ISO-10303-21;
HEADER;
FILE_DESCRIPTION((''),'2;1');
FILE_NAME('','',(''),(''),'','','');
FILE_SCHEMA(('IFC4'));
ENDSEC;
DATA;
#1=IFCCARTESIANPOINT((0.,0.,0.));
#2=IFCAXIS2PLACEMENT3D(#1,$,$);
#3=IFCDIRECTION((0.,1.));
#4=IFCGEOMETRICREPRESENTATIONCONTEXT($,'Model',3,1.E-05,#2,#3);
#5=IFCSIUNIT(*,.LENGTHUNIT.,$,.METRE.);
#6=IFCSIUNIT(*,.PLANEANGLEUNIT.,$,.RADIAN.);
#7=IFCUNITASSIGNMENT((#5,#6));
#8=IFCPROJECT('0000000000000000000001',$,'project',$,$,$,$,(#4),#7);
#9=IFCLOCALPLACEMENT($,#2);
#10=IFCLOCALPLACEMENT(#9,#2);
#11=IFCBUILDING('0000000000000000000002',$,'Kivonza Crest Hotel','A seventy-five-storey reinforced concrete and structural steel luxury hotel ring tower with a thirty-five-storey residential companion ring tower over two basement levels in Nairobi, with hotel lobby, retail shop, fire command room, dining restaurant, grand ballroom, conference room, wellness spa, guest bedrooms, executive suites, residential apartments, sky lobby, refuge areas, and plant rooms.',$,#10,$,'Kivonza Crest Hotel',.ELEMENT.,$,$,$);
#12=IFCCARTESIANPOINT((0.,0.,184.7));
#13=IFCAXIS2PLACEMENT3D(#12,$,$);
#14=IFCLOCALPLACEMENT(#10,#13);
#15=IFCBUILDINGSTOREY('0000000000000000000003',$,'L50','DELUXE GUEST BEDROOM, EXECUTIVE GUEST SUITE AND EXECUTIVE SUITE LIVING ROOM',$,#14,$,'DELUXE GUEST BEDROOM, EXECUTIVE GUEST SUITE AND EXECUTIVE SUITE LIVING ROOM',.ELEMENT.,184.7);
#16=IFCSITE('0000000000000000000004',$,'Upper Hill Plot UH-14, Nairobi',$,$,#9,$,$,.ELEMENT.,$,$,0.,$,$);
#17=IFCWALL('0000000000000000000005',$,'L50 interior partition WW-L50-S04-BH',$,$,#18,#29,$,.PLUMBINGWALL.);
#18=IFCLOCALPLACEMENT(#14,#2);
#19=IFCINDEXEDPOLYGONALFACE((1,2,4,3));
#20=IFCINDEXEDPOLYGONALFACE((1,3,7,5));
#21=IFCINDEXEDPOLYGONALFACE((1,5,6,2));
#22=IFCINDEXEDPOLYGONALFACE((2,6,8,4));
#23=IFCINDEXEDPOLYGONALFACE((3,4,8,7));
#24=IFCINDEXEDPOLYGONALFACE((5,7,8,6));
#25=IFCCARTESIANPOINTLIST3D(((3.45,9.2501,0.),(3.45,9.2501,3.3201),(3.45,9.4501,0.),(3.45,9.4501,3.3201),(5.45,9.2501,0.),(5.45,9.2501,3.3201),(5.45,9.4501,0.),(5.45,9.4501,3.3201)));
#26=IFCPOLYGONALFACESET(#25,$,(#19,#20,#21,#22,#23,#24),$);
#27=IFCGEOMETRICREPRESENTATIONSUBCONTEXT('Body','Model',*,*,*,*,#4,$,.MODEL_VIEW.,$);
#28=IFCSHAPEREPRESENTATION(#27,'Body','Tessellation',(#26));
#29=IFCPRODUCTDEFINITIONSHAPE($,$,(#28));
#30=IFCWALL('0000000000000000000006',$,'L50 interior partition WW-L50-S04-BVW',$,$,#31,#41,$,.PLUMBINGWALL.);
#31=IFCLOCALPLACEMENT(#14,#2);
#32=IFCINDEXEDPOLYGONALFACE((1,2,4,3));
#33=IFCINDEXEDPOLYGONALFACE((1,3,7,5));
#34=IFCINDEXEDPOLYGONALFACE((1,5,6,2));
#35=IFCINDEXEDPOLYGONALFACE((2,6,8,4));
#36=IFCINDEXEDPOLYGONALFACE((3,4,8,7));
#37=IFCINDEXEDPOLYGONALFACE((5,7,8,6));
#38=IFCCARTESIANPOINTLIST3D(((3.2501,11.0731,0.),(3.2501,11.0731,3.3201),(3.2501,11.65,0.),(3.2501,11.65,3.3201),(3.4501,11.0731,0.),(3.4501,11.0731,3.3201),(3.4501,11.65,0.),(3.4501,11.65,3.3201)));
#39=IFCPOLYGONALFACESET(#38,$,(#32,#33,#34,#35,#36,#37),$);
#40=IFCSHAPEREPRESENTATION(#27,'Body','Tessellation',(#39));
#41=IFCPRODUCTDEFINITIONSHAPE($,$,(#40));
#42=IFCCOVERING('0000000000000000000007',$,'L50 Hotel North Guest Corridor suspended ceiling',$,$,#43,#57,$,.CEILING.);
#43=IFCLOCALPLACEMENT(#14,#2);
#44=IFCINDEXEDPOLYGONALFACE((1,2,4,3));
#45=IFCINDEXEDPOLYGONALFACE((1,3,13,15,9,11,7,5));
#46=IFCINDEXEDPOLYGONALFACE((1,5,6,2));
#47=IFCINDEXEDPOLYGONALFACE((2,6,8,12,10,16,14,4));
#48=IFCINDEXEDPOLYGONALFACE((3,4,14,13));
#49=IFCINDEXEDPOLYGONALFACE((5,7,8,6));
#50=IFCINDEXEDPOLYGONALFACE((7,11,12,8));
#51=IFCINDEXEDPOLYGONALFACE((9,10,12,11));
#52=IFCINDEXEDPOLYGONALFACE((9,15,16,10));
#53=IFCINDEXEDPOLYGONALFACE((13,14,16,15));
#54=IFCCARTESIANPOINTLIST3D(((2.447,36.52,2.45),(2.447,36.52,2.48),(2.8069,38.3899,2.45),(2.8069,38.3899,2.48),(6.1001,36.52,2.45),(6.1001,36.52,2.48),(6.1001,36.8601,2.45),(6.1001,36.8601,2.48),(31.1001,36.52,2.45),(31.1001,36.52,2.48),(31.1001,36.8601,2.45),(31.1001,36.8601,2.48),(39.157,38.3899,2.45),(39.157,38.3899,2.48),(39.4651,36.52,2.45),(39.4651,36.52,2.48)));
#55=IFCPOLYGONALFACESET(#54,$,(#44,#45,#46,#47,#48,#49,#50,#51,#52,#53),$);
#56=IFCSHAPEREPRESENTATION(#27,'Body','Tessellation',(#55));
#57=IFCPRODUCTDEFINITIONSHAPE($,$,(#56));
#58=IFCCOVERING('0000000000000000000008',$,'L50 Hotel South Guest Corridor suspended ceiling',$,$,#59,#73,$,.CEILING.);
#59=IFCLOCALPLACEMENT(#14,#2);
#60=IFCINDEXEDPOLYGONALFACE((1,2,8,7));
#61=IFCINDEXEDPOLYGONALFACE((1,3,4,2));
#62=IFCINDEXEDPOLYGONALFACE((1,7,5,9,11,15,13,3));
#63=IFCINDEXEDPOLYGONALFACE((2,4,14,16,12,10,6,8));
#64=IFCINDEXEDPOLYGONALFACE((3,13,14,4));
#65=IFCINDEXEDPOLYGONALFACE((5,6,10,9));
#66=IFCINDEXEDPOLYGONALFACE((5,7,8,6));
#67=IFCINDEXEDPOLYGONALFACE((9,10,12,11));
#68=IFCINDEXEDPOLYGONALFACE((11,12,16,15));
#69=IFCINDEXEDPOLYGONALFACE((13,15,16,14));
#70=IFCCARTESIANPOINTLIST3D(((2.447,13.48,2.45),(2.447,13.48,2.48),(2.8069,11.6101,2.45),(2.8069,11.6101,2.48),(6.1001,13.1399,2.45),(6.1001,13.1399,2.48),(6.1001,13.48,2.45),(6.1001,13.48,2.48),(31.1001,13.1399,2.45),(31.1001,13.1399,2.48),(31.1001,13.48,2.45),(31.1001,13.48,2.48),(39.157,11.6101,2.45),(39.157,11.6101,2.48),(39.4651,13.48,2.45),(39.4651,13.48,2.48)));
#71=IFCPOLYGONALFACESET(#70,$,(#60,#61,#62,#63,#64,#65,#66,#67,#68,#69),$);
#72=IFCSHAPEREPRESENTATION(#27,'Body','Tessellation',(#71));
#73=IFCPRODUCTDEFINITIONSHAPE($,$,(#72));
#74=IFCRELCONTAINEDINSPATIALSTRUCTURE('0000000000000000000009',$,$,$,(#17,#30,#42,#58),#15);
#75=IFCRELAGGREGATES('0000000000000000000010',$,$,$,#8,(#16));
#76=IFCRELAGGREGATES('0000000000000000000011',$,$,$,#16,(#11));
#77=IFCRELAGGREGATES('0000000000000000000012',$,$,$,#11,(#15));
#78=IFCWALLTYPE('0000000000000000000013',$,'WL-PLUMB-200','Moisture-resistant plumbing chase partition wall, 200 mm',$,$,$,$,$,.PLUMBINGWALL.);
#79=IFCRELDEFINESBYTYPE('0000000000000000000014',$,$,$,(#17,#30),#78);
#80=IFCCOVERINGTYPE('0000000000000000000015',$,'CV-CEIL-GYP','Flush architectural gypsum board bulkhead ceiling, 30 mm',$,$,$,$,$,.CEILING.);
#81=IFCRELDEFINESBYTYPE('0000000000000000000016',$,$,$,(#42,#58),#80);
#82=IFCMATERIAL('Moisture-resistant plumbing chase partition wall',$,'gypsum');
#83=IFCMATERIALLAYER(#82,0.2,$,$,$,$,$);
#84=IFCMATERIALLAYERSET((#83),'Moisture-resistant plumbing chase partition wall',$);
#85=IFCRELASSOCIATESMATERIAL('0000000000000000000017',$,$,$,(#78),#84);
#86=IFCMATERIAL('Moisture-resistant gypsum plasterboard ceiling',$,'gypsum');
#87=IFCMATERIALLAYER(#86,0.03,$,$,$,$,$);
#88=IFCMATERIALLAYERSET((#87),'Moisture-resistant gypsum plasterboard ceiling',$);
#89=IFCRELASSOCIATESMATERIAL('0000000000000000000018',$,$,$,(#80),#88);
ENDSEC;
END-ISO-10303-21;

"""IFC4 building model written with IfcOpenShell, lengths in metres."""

from ifc_helpers import new_model, si_unit, direction, frame, frame_2d, origin, place, context, subcontext, project, spatial, polyline, rectangle, outline, extrude, material, layer, layer_set, type_object, element, save


model = new_model("IFC4")

# Units and contexts
model_context = context("Model", 3, precision=1e-05, world=origin(), true_north=direction((0.0, 1.0)))
body_context = subcontext(model_context, "Body", "Model", "MODEL_VIEW")
ifc_project = project(units=[si_unit("LENGTHUNIT", "METRE"), si_unit("PLANEANGLEUNIT", "RADIAN")], contexts=[model_context])

# Site, building, storey
site_placement = place(None, origin())
site = spatial("IfcSite", under=ifc_project, at=site_placement, Name="Upper Hill Plot UH-14, Nairobi", CompositionType="ELEMENT", RefElevation=0.0)
building_placement = place(site_placement, origin())
building = spatial("IfcBuilding", under=site, at=building_placement, Name="Kivonza Crest Hotel", Description="A seventy-five-storey reinforced concrete and structural steel luxury hotel ring tower with a thirty-five-storey residential companion ring tower over two basement levels in Nairobi, with hotel lobby, retail shop, fire command room, dining restaurant, grand ballroom, conference room, wellness spa, guest bedrooms, executive suites, residential apartments, sky lobby, refuge areas, and plant rooms.", LongName="Kivonza Crest Hotel", CompositionType="ELEMENT")
storey_placement = place(building_placement, frame((0.0, 0.0, 184.7)))
storey = spatial("IfcBuildingStorey", under=building, at=storey_placement, Name="L50", Description="DELUXE GUEST BEDROOM, EXECUTIVE GUEST SUITE AND EXECUTIVE SUITE LIVING ROOM", LongName="DELUXE GUEST BEDROOM, EXECUTIVE GUEST SUITE AND EXECUTIVE SUITE LIVING ROOM", CompositionType="ELEMENT", Elevation=184.7)

# Shared definitions
ifc_material_1 = material(Name="Moisture-resistant plumbing chase partition wall", Category="gypsum")
ifc_layer_1 = layer(ifc_material_1, 0.2)
ifc_layer_set_1 = layer_set([ifc_layer_1], Name="Moisture-resistant plumbing chase partition wall")
wall_type_1 = type_object("IfcWallType", Name="WL-PLUMB-200", Description="Moisture-resistant plumbing chase partition wall, 200 mm", PredefinedType="PLUMBINGWALL", material=ifc_layer_set_1)

# Walls
wall_1_placement = place(storey_placement, frame((3.45, 9.3501, 0.0), z_axis=(0.0, 0.0, 1.0), x_axis=(1.0, 0.0, 0.0)))
element("IfcWall", 1, at=wall_1_placement, inside=storey, type_object=wall_type_1, Name="L50 interior partition WW-L50-S04-BH", PredefinedType="PLUMBINGWALL", context=body_context, shape_type="SweptSolid", body=[
    extrude(rectangle(XDim=2.0, YDim=0.2, at=frame_2d((1.0, 0.0))), origin(), (0.0, 0.0, 1.0), 3.3201),
])
wall_2_placement = place(storey_placement, frame((3.3501, 11.073, 0.0), z_axis=(0.0, 0.0, 1.0), x_axis=(0.0, 1.0, 0.0)))
element("IfcWall", 2, at=wall_2_placement, inside=storey, type_object=wall_type_1, Name="L50 interior partition WW-L50-S04-BVW", PredefinedType="PLUMBINGWALL", context=body_context, shape_type="SweptSolid", body=[
    extrude(rectangle(XDim=0.5769, YDim=0.2, at=frame_2d((0.2886, 0.0))), origin(), (0.0, 0.0, 1.0), 3.3201),
])

# Coverings
ifc_material_2 = material(Name="Moisture-resistant gypsum plasterboard ceiling", Category="gypsum")
ifc_layer_2 = layer(ifc_material_2, 0.03)
ifc_layer_set_2 = layer_set([ifc_layer_2], Name="Moisture-resistant gypsum plasterboard ceiling")
covering_type = type_object("IfcCoveringType", Name="CV-CEIL-GYP", Description="Flush architectural gypsum board bulkhead ceiling, 30 mm", PredefinedType="CEILING", material=ifc_layer_set_2)
covering_1_placement = place(storey_placement, frame((0.0, 0.0, 2.45)))
element("IfcCovering", 3, at=covering_1_placement, inside=storey, type_object=covering_type, Name="L50 Hotel North Guest Corridor suspended ceiling", PredefinedType="CEILING", context=body_context, shape_type="SweptSolid", body=[
    extrude(outline(polyline([(2.8069, 38.3899), (2.447, 36.52), (6.1001, 36.52), (6.1001, 36.8601), (31.1001, 36.8601), (31.1001, 36.52), (39.4651, 36.52), (39.157, 38.3899), (2.8069, 38.3899)])), origin(), (0.0, 0.0, 1.0), 0.03),
])
covering_2_placement = place(storey_placement, frame((0.0, 0.0, 2.45)))
element("IfcCovering", 4, at=covering_2_placement, inside=storey, type_object=covering_type, Name="L50 Hotel South Guest Corridor suspended ceiling", PredefinedType="CEILING", context=body_context, shape_type="SweptSolid", body=[
    extrude(outline(polyline([(2.447, 13.48), (2.8069, 11.6101), (39.157, 11.6101), (39.4651, 13.48), (31.1001, 13.48), (31.1001, 13.1399), (6.1001, 13.1399), (6.1001, 13.48), (2.447, 13.48)])), origin(), (0.0, 0.0, 1.0), 0.03),
])

save(model, "model.ifc")
